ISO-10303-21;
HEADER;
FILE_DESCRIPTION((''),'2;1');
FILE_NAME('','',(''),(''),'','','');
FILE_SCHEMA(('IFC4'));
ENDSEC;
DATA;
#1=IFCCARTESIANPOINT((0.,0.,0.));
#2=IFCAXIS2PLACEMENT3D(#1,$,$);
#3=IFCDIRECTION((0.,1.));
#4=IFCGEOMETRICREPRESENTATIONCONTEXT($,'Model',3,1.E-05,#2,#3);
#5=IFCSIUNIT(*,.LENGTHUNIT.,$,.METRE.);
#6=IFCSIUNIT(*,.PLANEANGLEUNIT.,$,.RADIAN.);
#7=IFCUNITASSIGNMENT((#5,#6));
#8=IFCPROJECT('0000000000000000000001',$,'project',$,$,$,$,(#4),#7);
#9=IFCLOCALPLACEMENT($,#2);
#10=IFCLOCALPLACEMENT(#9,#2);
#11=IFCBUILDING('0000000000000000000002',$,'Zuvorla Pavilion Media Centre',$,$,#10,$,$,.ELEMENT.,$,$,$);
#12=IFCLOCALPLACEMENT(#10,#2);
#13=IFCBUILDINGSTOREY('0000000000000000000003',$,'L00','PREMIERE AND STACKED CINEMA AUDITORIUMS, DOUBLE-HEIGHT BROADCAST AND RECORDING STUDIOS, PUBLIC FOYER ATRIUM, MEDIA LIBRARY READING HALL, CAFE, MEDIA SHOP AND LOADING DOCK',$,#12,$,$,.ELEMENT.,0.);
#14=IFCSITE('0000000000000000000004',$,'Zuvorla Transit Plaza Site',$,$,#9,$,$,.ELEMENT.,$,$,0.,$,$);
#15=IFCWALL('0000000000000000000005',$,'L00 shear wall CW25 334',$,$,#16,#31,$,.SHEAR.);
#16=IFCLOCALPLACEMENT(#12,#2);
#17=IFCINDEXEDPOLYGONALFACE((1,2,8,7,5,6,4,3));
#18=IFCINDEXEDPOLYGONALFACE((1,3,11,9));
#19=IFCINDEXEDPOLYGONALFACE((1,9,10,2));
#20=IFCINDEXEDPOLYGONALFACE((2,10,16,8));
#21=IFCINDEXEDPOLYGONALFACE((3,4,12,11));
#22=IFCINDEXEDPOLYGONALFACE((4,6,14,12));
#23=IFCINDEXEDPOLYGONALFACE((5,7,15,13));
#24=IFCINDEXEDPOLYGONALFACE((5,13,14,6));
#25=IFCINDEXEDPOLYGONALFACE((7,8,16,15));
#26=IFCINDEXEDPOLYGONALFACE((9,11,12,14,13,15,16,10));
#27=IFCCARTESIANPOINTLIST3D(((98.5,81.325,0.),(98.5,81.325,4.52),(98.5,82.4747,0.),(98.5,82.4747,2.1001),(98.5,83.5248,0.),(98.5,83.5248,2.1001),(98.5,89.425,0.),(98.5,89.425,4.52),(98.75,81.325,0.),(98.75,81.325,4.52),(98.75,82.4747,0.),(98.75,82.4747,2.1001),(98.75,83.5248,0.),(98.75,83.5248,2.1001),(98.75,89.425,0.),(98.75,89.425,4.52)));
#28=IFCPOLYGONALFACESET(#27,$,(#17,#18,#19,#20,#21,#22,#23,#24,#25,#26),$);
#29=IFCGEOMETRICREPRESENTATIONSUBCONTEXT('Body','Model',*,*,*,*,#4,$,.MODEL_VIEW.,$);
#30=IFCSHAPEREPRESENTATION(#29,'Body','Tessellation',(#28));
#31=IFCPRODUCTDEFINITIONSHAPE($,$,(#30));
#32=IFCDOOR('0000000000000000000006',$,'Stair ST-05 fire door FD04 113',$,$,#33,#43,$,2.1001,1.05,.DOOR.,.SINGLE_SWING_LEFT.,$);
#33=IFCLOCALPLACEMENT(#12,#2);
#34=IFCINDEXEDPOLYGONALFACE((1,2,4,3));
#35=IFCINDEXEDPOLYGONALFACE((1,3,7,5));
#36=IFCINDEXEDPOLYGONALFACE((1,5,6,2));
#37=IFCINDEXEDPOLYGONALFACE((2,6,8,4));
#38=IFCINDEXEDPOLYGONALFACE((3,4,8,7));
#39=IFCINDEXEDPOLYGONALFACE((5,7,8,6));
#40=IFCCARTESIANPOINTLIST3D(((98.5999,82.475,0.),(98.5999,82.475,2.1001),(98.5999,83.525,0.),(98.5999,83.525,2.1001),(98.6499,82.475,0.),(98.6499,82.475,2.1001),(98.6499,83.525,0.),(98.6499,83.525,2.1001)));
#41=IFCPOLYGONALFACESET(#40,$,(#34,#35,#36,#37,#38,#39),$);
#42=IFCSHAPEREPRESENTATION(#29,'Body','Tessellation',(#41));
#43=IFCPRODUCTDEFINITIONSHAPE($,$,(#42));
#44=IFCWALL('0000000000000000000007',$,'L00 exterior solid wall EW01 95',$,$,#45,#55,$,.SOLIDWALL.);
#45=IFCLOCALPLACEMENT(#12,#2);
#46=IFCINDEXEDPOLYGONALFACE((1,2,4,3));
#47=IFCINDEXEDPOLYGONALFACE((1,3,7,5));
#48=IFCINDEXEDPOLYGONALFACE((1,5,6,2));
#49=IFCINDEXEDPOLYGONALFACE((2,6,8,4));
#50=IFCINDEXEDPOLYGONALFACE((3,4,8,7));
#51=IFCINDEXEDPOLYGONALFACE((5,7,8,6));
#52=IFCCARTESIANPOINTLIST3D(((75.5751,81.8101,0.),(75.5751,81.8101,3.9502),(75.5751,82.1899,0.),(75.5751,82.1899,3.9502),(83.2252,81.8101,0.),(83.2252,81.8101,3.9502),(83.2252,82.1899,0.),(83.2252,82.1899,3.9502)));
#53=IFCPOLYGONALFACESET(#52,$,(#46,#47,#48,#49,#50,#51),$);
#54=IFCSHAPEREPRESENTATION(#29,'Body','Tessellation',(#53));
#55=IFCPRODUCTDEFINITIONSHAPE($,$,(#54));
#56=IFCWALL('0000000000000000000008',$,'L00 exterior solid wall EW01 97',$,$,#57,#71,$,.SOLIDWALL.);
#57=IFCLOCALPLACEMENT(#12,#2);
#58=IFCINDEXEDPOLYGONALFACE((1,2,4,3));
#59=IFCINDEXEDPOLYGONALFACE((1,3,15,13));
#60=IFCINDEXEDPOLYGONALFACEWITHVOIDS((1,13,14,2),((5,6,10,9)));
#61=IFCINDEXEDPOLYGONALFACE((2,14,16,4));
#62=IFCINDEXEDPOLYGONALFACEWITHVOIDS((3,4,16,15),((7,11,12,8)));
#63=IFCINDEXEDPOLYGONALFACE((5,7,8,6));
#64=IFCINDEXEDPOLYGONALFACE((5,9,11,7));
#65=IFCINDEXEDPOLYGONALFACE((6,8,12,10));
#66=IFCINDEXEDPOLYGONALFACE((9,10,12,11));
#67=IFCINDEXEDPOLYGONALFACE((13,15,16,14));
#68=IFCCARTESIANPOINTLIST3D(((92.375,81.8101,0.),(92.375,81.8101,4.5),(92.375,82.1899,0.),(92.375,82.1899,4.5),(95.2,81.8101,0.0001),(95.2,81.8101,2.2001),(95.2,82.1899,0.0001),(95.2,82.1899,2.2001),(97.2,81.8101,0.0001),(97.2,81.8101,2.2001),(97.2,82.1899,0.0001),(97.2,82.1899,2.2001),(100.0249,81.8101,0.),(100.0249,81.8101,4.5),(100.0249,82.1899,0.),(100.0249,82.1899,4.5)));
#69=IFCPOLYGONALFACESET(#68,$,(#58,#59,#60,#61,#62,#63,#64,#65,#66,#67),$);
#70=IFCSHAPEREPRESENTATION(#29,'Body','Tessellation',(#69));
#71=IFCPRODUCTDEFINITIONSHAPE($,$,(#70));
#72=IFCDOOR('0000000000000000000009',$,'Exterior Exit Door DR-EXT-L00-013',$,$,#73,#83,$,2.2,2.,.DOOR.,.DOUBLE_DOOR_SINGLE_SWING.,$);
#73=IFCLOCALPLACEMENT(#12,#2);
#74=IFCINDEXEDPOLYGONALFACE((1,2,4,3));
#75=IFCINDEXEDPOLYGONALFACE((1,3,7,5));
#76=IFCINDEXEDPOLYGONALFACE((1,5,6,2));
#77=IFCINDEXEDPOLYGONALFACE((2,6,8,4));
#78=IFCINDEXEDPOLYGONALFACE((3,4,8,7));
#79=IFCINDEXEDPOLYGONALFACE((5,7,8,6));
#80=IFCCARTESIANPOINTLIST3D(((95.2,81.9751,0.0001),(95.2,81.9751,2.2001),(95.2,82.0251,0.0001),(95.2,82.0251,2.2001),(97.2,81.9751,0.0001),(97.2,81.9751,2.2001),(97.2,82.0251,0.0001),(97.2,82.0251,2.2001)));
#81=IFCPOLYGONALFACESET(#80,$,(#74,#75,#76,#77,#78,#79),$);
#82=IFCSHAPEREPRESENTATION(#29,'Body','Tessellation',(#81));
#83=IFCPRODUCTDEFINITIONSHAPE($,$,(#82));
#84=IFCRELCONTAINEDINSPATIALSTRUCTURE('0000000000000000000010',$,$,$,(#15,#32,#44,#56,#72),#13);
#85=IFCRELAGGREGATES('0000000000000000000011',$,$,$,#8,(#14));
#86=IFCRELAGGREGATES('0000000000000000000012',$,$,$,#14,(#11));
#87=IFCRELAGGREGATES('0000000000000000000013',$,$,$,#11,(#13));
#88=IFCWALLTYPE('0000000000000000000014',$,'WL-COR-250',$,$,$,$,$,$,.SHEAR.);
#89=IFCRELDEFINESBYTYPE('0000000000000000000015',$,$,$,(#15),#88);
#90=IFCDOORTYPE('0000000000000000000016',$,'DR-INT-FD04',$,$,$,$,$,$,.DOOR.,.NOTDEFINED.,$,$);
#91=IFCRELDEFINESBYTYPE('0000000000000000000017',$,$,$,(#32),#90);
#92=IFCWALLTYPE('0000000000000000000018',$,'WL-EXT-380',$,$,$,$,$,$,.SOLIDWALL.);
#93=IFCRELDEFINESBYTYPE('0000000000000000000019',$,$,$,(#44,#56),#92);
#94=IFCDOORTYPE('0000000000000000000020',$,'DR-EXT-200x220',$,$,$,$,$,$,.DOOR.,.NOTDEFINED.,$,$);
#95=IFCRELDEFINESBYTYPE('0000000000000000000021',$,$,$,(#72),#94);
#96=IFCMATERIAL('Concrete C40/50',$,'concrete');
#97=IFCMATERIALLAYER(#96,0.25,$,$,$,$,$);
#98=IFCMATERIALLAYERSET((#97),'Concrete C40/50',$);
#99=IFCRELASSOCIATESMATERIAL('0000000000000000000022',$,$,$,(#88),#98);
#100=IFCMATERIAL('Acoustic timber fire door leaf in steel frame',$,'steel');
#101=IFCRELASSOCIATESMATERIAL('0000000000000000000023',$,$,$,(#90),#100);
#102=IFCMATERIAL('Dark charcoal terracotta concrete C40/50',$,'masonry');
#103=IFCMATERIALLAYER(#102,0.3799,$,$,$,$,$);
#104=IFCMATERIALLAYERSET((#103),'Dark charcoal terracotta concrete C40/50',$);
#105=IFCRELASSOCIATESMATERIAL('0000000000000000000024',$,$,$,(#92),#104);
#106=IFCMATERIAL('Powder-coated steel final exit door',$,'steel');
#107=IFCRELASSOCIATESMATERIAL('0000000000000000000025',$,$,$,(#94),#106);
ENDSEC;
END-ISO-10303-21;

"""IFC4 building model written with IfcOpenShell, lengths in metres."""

from ifc_helpers import new_model, si_unit, direction, frame, frame_2d, origin, place, context, subcontext, project, spatial, rectangle, extrude, material, layer, layer_set, type_object, element, fill, save


model = new_model("IFC4")

# Units and contexts
model_context = context("Model", 3, precision=1e-05, world=origin(), true_north=direction((0.0, 1.0)))
body_context = subcontext(model_context, "Body", "Model", "MODEL_VIEW")
ifc_project = project(units=[si_unit("LENGTHUNIT", "METRE"), si_unit("PLANEANGLEUNIT", "RADIAN")], contexts=[model_context])

# Site, building, storey
site_placement = place(None, origin())
site = spatial("IfcSite", under=ifc_project, at=site_placement, Name="Zuvorla Transit Plaza Site", CompositionType="ELEMENT", RefElevation=0.0)
building_placement = place(site_placement, origin())
building = spatial("IfcBuilding", under=site, at=building_placement, Name="Zuvorla Pavilion Media Centre", CompositionType="ELEMENT")
storey_placement = place(building_placement, origin())
storey = spatial("IfcBuildingStorey", under=building, at=storey_placement, Name="L00", Description="PREMIERE AND STACKED CINEMA AUDITORIUMS, DOUBLE-HEIGHT BROADCAST AND RECORDING STUDIOS, PUBLIC FOYER ATRIUM, MEDIA LIBRARY READING HALL, CAFE, MEDIA SHOP AND LOADING DOCK", CompositionType="ELEMENT", Elevation=0.0)

# Shared definitions
ifc_material_1 = material(Name="Concrete C40/50", Category="concrete")

# Shared definitions
ifc_layer_1 = layer(ifc_material_1, 0.25)
ifc_layer_set_1 = layer_set([ifc_layer_1], Name="Concrete C40/50")
wall_type_1 = type_object("IfcWallType", Name="WL-COR-250", PredefinedType="SHEAR", material=ifc_layer_set_1)

# Wall, opening, door
wall_1_placement = place(storey_placement, frame((98.625, 81.325, 0.0), z_axis=(0.0, 0.0, 1.0), x_axis=(0.0, 1.0, 0.0)))
wall_1 = element("IfcWall", 1, at=wall_1_placement, inside=storey, type_object=wall_type_1, Name="L00 shear wall CW25 334", PredefinedType="SHEAR", context=body_context, shape_type="SweptSolid", body=[
    extrude(rectangle(XDim=8.1001, YDim=0.25, at=frame_2d((4.05, 0.0))), origin(), (0.0, 0.0, 1.0), 4.52),
])
opening_1_placement = place(wall_1_placement, frame((1.1499, 0.0, 0.0)))
opening_1 = element("IfcOpeningElement", 2, at=opening_1_placement, cuts=wall_1, PredefinedType="OPENING", context=body_context, shape_type="SweptSolid", body=[
    extrude(rectangle(XDim=1.05, YDim=2.1001, at=frame_2d((0.5249, 1.05))), frame((0.0, 0.135, 0.0), z_axis=(0.0, -1.0, 0.0), x_axis=(1.0, 0.0, 0.0)), (0.0, 0.0, 1.0), 0.27),
])
ifc_material_2 = material(Name="Acoustic timber fire door leaf in steel frame", Category="steel")
door_type_1 = type_object("IfcDoorType", Name="DR-INT-FD04", OperationType="NOTDEFINED", PredefinedType="DOOR", material=ifc_material_2)
door_1_placement = place(opening_1_placement, frame((1.05, 0.0, 0.0), z_axis=(0.0, 0.0, 1.0), x_axis=(-1.0, 0.0, 0.0)))
door_1 = element("IfcDoor", 3, at=door_1_placement, inside=storey, type_object=door_type_1, Name="Stair ST-05 fire door FD04 113", OperationType="SINGLE_SWING_LEFT", OverallHeight=2.1001, OverallWidth=1.05, PredefinedType="DOOR", context=body_context, shape_type="SweptSolid", body=[
    extrude(rectangle(XDim=1.05, YDim=2.1001, at=frame_2d((0.5249, 1.05))), frame((0.0, 0.0249, 0.0), z_axis=(0.0, -1.0, 0.0), x_axis=(1.0, 0.0, 0.0)), (0.0, 0.0, 1.0), 0.05),
])
fill(opening_1, door_1)

# Wall
ifc_material_3 = material(Name="Dark charcoal terracotta concrete C40/50", Category="masonry")
ifc_layer_2 = layer(ifc_material_3, 0.3799)
ifc_layer_set_2 = layer_set([ifc_layer_2], Name="Dark charcoal terracotta concrete C40/50")
wall_type_2 = type_object("IfcWallType", Name="WL-EXT-380", PredefinedType="SOLIDWALL", material=ifc_layer_set_2)
wall_2_placement = place(storey_placement, frame((75.575, 82.0, 0.0), z_axis=(0.0, 0.0, 1.0), x_axis=(1.0, 0.0, 0.0)))
element("IfcWall", 4, at=wall_2_placement, inside=storey, type_object=wall_type_2, Name="L00 exterior solid wall EW01 95", PredefinedType="SOLIDWALL", context=body_context, shape_type="SweptSolid", body=[
    extrude(rectangle(XDim=7.6501, YDim=0.3799, at=frame_2d((3.8252, 0.0))), origin(), (0.0, 0.0, 1.0), 3.9502),
])

# Wall, opening, door
wall_3_placement = place(storey_placement, frame((92.375, 82.0, 0.0), z_axis=(0.0, 0.0, 1.0), x_axis=(1.0, 0.0, 0.0)))
wall_3 = element("IfcWall", 5, at=wall_3_placement, inside=storey, type_object=wall_type_2, Name="L00 exterior solid wall EW01 97", PredefinedType="SOLIDWALL", context=body_context, shape_type="SweptSolid", body=[
    extrude(rectangle(XDim=7.6499, YDim=0.3799, at=frame_2d((3.825, 0.0))), origin(), (0.0, 0.0, 1.0), 4.5),
])
opening_2_placement = place(wall_3_placement, frame((2.825, 0.0, 0.0)))
opening_2 = element("IfcOpeningElement", 6, at=opening_2_placement, cuts=wall_3, PredefinedType="OPENING", context=body_context, shape_type="SweptSolid", body=[
    extrude(rectangle(XDim=2.0, YDim=2.2, at=frame_2d((1.0, 1.1001))), frame((0.0, 0.2, 0.0), z_axis=(0.0, -1.0, 0.0), x_axis=(1.0, 0.0, 0.0)), (0.0, 0.0, 1.0), 0.3999),
])
ifc_material_4 = material(Name="Powder-coated steel final exit door", Category="steel")
door_type_2 = type_object("IfcDoorType", Name="DR-EXT-200x220", OperationType="NOTDEFINED", PredefinedType="DOOR", material=ifc_material_4)
door_2_placement = place(opening_2_placement, frame((2.0, 0.0, 0.0), z_axis=(0.0, 0.0, 1.0), x_axis=(-1.0, 0.0, 0.0)))
door_2 = element("IfcDoor", 7, at=door_2_placement, inside=storey, type_object=door_type_2, Name="Exterior Exit Door DR-EXT-L00-013", OperationType="DOUBLE_DOOR_SINGLE_SWING", OverallHeight=2.2, OverallWidth=2.0, PredefinedType="DOOR", context=body_context, shape_type="SweptSolid", body=[
    extrude(rectangle(XDim=2.0, YDim=2.2, at=frame_2d((1.0, 1.1001))), frame((0.0, 0.0249, 0.0), z_axis=(0.0, -1.0, 0.0), x_axis=(1.0, 0.0, 0.0)), (0.0, 0.0, 1.0), 0.05),
])
fill(opening_2, door_2)

save(model, "model.ifc")
